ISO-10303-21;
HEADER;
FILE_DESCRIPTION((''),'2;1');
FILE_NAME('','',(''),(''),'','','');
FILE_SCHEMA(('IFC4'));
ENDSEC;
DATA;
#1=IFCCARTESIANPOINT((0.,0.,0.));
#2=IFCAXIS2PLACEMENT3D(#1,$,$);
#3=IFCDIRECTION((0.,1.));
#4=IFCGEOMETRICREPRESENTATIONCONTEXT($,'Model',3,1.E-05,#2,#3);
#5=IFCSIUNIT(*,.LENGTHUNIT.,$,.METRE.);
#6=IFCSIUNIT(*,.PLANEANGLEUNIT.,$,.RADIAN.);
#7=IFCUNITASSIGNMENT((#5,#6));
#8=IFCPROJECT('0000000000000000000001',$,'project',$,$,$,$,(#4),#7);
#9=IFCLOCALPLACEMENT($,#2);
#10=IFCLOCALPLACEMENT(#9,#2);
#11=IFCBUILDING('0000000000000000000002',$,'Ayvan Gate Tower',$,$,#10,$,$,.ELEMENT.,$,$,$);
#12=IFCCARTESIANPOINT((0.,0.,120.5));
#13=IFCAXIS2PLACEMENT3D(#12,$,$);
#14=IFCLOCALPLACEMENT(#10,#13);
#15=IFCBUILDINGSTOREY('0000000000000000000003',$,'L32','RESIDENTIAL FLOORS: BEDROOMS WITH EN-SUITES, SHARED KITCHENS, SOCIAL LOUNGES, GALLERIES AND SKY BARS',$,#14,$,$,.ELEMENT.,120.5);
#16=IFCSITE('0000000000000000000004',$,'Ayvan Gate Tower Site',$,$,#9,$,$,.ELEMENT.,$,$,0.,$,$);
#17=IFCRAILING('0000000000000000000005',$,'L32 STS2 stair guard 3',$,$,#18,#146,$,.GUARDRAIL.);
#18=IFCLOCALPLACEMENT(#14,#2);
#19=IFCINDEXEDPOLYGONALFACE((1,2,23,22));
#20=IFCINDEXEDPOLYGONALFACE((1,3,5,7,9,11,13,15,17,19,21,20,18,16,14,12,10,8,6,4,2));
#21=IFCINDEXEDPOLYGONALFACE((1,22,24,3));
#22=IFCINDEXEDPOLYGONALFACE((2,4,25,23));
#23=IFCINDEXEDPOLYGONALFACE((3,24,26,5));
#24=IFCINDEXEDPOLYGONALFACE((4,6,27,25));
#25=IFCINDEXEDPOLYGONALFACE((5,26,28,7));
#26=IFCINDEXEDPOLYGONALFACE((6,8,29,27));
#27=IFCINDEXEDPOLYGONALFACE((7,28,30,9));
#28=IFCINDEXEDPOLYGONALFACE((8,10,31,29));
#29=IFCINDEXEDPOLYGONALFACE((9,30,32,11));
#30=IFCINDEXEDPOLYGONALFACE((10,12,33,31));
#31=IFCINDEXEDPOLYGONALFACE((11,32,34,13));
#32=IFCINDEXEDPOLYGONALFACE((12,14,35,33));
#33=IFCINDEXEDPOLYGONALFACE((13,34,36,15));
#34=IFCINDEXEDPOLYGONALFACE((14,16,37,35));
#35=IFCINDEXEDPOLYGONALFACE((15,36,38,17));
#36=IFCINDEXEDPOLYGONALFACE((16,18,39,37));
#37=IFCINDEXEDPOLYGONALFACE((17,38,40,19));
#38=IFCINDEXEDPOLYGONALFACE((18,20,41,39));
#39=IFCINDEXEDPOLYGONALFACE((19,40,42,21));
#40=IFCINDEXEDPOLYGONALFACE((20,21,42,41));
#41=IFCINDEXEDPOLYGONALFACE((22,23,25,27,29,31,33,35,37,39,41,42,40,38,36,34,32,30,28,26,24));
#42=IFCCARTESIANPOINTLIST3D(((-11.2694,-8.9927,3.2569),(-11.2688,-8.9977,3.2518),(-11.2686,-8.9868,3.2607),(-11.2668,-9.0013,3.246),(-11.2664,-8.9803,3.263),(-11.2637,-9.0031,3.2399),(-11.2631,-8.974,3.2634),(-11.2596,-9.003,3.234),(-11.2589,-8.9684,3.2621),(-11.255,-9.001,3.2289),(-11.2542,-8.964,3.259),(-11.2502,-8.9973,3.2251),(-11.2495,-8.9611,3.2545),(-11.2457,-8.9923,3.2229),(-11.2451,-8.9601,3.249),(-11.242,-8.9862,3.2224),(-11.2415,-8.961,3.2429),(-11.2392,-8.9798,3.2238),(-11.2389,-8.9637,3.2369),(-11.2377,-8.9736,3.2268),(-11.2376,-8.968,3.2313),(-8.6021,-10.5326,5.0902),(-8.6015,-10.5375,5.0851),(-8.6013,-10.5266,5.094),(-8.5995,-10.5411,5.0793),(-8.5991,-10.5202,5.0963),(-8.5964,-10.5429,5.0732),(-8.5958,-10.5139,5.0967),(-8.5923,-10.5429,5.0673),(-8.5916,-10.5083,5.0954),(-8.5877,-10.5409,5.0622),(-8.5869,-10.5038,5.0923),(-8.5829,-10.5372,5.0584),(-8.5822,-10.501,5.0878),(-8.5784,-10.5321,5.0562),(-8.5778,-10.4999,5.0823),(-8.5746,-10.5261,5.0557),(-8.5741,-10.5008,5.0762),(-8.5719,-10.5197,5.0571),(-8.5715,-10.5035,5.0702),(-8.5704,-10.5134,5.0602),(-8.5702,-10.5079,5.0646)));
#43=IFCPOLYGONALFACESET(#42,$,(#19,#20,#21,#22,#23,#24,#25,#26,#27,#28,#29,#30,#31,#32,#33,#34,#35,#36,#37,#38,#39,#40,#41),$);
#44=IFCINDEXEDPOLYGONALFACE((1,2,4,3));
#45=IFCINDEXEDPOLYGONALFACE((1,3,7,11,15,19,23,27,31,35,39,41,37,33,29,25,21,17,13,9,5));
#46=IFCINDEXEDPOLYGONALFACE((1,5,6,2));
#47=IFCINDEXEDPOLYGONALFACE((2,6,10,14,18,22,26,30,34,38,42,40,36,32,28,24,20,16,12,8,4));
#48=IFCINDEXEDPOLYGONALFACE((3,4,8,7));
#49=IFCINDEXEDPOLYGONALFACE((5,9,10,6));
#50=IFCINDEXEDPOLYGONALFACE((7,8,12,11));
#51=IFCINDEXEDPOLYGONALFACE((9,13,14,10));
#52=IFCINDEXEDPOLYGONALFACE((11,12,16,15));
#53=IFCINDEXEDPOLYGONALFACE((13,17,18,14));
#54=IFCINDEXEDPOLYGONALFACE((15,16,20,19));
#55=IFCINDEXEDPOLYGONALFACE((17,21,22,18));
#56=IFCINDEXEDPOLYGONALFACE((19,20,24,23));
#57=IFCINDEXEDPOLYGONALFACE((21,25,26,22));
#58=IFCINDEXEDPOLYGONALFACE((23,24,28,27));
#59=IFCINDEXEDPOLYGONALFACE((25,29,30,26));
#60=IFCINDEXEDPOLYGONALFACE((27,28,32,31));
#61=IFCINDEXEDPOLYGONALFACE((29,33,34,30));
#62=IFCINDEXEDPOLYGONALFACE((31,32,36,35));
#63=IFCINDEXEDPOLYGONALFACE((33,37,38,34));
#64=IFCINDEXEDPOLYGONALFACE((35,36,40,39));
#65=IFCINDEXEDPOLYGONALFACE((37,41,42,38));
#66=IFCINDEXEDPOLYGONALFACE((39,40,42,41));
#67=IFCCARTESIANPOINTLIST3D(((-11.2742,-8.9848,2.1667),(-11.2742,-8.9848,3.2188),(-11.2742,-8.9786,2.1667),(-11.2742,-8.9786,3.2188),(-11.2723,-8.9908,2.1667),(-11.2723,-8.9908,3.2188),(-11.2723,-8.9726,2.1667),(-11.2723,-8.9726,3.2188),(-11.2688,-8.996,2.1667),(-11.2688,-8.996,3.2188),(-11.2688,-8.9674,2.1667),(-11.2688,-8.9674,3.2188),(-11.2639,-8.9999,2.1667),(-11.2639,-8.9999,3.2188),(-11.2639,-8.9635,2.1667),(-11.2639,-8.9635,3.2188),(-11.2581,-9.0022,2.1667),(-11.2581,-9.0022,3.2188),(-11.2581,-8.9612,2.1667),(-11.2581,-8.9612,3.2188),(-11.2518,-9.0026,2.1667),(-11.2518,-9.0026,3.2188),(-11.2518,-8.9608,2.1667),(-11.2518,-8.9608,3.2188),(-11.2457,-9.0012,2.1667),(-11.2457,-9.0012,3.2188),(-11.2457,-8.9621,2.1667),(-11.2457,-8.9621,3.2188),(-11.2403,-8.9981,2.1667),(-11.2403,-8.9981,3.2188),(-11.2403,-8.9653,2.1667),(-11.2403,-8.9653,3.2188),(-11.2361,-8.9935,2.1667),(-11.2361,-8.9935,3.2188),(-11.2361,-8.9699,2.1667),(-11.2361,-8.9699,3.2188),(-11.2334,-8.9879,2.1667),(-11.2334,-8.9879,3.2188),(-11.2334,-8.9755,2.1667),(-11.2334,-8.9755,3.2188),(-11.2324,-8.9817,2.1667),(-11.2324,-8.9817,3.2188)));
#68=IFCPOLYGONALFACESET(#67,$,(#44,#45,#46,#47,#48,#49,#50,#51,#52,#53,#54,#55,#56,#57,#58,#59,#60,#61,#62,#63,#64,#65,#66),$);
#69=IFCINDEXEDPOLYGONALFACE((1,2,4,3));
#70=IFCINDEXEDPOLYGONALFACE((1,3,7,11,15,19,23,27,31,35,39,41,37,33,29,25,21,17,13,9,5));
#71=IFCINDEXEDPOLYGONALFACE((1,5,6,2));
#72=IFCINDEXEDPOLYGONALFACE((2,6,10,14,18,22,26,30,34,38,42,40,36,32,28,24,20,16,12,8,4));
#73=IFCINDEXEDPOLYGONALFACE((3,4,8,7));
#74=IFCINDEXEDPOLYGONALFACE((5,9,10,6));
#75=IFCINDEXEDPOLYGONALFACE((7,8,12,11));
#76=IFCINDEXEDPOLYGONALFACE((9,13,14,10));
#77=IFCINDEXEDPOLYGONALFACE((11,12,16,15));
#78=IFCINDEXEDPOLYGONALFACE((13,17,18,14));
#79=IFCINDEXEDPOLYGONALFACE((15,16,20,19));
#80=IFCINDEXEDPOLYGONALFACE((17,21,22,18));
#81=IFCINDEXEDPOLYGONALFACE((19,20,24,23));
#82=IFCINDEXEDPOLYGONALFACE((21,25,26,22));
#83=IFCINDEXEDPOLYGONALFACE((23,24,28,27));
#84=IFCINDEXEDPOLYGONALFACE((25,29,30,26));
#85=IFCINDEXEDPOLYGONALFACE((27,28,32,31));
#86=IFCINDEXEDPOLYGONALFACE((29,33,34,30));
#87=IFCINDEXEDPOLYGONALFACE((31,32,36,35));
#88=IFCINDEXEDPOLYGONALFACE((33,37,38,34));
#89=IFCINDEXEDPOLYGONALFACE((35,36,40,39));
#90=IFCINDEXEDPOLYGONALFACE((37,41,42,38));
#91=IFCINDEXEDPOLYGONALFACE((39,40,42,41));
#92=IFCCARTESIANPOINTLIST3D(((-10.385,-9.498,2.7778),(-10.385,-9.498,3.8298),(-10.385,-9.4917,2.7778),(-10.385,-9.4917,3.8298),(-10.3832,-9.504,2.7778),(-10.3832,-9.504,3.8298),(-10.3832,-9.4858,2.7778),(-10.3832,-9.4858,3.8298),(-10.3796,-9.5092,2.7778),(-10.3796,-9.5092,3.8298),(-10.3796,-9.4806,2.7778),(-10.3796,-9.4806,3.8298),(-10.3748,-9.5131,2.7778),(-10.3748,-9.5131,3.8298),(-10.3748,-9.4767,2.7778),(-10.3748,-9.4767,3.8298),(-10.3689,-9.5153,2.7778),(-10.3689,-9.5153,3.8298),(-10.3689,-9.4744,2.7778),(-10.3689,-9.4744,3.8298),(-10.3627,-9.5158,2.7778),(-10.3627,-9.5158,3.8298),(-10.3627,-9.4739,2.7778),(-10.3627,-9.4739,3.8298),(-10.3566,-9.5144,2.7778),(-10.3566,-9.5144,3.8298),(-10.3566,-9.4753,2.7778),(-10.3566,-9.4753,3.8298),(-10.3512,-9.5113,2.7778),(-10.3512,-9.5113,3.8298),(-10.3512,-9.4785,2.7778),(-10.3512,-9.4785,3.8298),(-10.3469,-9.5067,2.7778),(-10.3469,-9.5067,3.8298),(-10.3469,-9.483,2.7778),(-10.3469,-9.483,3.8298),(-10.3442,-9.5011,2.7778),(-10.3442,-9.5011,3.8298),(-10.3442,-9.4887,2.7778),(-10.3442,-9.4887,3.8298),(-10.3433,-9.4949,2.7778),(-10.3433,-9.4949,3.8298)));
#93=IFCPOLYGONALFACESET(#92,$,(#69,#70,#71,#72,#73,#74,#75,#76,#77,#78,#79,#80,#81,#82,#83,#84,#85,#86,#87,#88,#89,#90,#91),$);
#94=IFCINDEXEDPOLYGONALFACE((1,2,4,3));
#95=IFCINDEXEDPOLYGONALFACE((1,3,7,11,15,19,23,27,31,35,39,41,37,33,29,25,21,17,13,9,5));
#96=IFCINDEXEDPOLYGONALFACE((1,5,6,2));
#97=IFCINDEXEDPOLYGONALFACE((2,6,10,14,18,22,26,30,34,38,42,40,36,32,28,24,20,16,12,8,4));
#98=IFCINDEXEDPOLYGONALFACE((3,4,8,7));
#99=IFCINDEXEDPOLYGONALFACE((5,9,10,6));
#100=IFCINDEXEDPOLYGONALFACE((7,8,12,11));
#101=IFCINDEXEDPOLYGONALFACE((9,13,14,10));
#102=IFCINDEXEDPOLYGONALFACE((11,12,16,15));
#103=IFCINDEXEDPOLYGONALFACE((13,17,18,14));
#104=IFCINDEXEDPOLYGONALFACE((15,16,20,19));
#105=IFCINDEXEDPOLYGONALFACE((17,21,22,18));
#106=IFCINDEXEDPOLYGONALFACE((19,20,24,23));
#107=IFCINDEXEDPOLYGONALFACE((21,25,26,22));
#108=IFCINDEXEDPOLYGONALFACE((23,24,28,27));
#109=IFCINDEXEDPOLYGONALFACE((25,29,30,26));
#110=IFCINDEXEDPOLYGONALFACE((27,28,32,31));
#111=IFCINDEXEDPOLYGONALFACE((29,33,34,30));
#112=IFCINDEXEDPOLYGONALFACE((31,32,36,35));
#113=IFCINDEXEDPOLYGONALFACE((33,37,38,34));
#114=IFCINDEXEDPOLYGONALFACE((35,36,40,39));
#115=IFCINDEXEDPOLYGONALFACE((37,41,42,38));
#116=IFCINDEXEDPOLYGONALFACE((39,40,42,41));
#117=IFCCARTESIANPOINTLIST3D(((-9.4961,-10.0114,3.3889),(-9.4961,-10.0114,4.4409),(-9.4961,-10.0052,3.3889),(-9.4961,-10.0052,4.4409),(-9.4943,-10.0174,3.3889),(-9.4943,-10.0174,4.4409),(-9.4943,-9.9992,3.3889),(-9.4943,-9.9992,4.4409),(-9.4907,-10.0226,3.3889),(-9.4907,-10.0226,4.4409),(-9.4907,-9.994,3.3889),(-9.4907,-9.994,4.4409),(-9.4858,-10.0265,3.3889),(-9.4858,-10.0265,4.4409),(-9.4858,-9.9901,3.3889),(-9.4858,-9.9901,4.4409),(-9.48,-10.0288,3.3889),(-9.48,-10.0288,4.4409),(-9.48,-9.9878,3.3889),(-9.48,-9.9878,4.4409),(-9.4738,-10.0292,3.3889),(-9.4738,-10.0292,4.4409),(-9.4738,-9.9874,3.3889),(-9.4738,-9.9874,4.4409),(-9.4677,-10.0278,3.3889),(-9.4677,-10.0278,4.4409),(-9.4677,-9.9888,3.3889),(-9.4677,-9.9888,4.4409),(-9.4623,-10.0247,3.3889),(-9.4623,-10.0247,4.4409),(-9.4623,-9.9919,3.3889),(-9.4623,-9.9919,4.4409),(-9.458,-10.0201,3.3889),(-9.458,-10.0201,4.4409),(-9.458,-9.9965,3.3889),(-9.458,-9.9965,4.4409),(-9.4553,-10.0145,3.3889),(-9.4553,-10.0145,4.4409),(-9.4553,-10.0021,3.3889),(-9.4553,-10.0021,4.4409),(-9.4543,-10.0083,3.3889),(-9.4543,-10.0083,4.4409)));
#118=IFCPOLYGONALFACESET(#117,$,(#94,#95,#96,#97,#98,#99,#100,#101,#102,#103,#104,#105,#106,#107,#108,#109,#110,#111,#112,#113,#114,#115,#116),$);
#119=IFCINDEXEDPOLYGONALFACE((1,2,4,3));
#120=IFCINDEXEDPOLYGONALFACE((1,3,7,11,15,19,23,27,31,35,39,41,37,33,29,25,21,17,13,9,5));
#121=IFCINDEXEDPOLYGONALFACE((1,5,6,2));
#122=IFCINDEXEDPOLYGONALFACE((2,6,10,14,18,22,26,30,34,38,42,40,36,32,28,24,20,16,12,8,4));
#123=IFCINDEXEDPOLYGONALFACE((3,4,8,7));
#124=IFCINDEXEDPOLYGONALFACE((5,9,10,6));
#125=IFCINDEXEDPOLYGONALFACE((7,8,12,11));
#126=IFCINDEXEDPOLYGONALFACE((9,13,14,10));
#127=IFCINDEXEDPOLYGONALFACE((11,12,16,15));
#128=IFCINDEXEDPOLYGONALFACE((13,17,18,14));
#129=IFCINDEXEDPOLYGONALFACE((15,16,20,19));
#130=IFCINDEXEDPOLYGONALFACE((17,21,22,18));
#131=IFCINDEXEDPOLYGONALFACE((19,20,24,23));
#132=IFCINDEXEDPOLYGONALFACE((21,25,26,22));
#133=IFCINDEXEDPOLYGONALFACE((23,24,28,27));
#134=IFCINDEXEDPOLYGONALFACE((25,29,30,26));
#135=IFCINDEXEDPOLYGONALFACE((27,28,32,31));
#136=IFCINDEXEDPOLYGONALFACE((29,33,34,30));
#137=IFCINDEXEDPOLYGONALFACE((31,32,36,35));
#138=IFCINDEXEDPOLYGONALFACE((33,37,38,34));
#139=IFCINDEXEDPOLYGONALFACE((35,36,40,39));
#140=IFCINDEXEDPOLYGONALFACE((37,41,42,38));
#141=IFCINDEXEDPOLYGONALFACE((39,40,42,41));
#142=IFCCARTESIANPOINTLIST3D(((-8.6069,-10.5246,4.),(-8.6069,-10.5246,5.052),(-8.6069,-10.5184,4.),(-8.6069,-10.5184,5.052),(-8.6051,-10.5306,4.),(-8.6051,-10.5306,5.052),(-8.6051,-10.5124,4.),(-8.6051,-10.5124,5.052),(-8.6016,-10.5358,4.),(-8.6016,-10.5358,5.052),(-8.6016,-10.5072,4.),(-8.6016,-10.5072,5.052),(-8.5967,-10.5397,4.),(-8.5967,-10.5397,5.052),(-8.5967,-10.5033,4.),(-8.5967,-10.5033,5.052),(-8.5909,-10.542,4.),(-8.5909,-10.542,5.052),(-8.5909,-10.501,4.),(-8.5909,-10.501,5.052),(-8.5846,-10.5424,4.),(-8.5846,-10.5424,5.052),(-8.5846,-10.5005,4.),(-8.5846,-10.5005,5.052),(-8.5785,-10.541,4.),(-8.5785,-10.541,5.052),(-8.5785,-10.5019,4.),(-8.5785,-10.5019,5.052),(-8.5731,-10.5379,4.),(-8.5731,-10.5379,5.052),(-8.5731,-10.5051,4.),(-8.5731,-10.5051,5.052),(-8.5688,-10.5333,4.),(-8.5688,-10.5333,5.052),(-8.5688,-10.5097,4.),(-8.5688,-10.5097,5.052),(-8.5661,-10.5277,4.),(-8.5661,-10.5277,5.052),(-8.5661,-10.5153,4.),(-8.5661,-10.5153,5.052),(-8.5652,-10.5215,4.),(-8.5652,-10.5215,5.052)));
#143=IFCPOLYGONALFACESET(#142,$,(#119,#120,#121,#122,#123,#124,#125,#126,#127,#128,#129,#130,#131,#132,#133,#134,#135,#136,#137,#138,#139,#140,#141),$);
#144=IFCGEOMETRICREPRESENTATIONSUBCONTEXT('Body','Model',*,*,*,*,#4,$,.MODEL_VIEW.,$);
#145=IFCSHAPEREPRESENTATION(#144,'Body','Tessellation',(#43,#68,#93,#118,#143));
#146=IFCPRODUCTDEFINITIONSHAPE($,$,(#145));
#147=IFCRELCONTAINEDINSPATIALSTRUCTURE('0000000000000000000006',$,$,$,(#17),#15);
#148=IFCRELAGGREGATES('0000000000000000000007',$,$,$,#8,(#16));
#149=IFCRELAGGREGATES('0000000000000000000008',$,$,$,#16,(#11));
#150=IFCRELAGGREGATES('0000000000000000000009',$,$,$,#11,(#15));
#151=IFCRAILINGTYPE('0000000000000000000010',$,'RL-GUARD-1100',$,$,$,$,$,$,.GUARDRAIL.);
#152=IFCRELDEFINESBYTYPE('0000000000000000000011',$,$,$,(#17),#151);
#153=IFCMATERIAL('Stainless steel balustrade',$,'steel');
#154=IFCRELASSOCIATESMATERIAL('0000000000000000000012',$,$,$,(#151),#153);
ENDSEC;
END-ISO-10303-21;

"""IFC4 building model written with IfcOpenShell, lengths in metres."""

from ifc_helpers import new_model, si_unit, direction, frame, origin, origin_2d, place, context, subcontext, project, spatial, circle, extrude, material, type_object, element, save


model = new_model("IFC4")

# Units and contexts
model_context = context("Model", 3, precision=1e-05, world=origin(), true_north=direction((0.0, 1.0)))
body_context = subcontext(model_context, "Body", "Model", "MODEL_VIEW")
ifc_project = project(units=[si_unit("LENGTHUNIT", "METRE"), si_unit("PLANEANGLEUNIT", "RADIAN")], contexts=[model_context])

# Site, building, storey
site_placement = place(None, origin())
site = spatial("IfcSite", under=ifc_project, at=site_placement, Name="Ayvan Gate Tower Site", CompositionType="ELEMENT", RefElevation=0.0)
building_placement = place(site_placement, origin())
building = spatial("IfcBuilding", under=site, at=building_placement, Name="Ayvan Gate Tower", CompositionType="ELEMENT")
storey_placement = place(building_placement, frame((0.0, 0.0, 120.5)))
storey = spatial("IfcBuildingStorey", under=building, at=storey_placement, Name="L32", Description="RESIDENTIAL FLOORS: BEDROOMS WITH EN-SUITES, SHARED KITCHENS, SOCIAL LOUNGES, GALLERIES AND SKY BARS", CompositionType="ELEMENT", Elevation=120.5)

# Railing
ifc_material_1 = material(Name="Stainless steel balustrade", Category="steel")
railing_type_1 = type_object("IfcRailingType", Name="RL-GUARD-1100", PredefinedType="GUARDRAIL", material=ifc_material_1)
railing_1_placement = place(storey_placement, frame((-11.2534, -8.9817, 2.1667)))
element("IfcRailing", 1, at=railing_1_placement, inside=storey, type_object=railing_type_1, Name="L32 STS2 stair guard 3", PredefinedType="GUARDRAIL", context=body_context, shape_type="SweptSolid", body=[
    extrude(circle(Radius=0.0239, at=origin_2d()), frame((0.0, 0.0, 1.0762), z_axis=(0.744181, -0.429616, 0.511493), x_axis=(0.499967, 0.866044, 0.0)), (0.0, 0.0, 1.0), 3.5842),
    extrude(circle(Radius=0.021, at=origin_2d()), origin(), (0.0, 0.0, 1.0), 1.052),
    extrude(circle(Radius=0.021, at=origin_2d()), frame((0.8892, -0.5132, 0.6111)), (0.0, 0.0, 1.0), 1.052),
    extrude(circle(Radius=0.021, at=origin_2d()), frame((1.7781, -1.0266, 1.2222)), (0.0, 0.0, 1.0), 1.052),
    extrude(circle(Radius=0.021, at=origin_2d()), frame((2.6672, -1.5398, 1.8333)), (0.0, 0.0, 1.0), 1.052),
])

save(model, "model.ifc")
